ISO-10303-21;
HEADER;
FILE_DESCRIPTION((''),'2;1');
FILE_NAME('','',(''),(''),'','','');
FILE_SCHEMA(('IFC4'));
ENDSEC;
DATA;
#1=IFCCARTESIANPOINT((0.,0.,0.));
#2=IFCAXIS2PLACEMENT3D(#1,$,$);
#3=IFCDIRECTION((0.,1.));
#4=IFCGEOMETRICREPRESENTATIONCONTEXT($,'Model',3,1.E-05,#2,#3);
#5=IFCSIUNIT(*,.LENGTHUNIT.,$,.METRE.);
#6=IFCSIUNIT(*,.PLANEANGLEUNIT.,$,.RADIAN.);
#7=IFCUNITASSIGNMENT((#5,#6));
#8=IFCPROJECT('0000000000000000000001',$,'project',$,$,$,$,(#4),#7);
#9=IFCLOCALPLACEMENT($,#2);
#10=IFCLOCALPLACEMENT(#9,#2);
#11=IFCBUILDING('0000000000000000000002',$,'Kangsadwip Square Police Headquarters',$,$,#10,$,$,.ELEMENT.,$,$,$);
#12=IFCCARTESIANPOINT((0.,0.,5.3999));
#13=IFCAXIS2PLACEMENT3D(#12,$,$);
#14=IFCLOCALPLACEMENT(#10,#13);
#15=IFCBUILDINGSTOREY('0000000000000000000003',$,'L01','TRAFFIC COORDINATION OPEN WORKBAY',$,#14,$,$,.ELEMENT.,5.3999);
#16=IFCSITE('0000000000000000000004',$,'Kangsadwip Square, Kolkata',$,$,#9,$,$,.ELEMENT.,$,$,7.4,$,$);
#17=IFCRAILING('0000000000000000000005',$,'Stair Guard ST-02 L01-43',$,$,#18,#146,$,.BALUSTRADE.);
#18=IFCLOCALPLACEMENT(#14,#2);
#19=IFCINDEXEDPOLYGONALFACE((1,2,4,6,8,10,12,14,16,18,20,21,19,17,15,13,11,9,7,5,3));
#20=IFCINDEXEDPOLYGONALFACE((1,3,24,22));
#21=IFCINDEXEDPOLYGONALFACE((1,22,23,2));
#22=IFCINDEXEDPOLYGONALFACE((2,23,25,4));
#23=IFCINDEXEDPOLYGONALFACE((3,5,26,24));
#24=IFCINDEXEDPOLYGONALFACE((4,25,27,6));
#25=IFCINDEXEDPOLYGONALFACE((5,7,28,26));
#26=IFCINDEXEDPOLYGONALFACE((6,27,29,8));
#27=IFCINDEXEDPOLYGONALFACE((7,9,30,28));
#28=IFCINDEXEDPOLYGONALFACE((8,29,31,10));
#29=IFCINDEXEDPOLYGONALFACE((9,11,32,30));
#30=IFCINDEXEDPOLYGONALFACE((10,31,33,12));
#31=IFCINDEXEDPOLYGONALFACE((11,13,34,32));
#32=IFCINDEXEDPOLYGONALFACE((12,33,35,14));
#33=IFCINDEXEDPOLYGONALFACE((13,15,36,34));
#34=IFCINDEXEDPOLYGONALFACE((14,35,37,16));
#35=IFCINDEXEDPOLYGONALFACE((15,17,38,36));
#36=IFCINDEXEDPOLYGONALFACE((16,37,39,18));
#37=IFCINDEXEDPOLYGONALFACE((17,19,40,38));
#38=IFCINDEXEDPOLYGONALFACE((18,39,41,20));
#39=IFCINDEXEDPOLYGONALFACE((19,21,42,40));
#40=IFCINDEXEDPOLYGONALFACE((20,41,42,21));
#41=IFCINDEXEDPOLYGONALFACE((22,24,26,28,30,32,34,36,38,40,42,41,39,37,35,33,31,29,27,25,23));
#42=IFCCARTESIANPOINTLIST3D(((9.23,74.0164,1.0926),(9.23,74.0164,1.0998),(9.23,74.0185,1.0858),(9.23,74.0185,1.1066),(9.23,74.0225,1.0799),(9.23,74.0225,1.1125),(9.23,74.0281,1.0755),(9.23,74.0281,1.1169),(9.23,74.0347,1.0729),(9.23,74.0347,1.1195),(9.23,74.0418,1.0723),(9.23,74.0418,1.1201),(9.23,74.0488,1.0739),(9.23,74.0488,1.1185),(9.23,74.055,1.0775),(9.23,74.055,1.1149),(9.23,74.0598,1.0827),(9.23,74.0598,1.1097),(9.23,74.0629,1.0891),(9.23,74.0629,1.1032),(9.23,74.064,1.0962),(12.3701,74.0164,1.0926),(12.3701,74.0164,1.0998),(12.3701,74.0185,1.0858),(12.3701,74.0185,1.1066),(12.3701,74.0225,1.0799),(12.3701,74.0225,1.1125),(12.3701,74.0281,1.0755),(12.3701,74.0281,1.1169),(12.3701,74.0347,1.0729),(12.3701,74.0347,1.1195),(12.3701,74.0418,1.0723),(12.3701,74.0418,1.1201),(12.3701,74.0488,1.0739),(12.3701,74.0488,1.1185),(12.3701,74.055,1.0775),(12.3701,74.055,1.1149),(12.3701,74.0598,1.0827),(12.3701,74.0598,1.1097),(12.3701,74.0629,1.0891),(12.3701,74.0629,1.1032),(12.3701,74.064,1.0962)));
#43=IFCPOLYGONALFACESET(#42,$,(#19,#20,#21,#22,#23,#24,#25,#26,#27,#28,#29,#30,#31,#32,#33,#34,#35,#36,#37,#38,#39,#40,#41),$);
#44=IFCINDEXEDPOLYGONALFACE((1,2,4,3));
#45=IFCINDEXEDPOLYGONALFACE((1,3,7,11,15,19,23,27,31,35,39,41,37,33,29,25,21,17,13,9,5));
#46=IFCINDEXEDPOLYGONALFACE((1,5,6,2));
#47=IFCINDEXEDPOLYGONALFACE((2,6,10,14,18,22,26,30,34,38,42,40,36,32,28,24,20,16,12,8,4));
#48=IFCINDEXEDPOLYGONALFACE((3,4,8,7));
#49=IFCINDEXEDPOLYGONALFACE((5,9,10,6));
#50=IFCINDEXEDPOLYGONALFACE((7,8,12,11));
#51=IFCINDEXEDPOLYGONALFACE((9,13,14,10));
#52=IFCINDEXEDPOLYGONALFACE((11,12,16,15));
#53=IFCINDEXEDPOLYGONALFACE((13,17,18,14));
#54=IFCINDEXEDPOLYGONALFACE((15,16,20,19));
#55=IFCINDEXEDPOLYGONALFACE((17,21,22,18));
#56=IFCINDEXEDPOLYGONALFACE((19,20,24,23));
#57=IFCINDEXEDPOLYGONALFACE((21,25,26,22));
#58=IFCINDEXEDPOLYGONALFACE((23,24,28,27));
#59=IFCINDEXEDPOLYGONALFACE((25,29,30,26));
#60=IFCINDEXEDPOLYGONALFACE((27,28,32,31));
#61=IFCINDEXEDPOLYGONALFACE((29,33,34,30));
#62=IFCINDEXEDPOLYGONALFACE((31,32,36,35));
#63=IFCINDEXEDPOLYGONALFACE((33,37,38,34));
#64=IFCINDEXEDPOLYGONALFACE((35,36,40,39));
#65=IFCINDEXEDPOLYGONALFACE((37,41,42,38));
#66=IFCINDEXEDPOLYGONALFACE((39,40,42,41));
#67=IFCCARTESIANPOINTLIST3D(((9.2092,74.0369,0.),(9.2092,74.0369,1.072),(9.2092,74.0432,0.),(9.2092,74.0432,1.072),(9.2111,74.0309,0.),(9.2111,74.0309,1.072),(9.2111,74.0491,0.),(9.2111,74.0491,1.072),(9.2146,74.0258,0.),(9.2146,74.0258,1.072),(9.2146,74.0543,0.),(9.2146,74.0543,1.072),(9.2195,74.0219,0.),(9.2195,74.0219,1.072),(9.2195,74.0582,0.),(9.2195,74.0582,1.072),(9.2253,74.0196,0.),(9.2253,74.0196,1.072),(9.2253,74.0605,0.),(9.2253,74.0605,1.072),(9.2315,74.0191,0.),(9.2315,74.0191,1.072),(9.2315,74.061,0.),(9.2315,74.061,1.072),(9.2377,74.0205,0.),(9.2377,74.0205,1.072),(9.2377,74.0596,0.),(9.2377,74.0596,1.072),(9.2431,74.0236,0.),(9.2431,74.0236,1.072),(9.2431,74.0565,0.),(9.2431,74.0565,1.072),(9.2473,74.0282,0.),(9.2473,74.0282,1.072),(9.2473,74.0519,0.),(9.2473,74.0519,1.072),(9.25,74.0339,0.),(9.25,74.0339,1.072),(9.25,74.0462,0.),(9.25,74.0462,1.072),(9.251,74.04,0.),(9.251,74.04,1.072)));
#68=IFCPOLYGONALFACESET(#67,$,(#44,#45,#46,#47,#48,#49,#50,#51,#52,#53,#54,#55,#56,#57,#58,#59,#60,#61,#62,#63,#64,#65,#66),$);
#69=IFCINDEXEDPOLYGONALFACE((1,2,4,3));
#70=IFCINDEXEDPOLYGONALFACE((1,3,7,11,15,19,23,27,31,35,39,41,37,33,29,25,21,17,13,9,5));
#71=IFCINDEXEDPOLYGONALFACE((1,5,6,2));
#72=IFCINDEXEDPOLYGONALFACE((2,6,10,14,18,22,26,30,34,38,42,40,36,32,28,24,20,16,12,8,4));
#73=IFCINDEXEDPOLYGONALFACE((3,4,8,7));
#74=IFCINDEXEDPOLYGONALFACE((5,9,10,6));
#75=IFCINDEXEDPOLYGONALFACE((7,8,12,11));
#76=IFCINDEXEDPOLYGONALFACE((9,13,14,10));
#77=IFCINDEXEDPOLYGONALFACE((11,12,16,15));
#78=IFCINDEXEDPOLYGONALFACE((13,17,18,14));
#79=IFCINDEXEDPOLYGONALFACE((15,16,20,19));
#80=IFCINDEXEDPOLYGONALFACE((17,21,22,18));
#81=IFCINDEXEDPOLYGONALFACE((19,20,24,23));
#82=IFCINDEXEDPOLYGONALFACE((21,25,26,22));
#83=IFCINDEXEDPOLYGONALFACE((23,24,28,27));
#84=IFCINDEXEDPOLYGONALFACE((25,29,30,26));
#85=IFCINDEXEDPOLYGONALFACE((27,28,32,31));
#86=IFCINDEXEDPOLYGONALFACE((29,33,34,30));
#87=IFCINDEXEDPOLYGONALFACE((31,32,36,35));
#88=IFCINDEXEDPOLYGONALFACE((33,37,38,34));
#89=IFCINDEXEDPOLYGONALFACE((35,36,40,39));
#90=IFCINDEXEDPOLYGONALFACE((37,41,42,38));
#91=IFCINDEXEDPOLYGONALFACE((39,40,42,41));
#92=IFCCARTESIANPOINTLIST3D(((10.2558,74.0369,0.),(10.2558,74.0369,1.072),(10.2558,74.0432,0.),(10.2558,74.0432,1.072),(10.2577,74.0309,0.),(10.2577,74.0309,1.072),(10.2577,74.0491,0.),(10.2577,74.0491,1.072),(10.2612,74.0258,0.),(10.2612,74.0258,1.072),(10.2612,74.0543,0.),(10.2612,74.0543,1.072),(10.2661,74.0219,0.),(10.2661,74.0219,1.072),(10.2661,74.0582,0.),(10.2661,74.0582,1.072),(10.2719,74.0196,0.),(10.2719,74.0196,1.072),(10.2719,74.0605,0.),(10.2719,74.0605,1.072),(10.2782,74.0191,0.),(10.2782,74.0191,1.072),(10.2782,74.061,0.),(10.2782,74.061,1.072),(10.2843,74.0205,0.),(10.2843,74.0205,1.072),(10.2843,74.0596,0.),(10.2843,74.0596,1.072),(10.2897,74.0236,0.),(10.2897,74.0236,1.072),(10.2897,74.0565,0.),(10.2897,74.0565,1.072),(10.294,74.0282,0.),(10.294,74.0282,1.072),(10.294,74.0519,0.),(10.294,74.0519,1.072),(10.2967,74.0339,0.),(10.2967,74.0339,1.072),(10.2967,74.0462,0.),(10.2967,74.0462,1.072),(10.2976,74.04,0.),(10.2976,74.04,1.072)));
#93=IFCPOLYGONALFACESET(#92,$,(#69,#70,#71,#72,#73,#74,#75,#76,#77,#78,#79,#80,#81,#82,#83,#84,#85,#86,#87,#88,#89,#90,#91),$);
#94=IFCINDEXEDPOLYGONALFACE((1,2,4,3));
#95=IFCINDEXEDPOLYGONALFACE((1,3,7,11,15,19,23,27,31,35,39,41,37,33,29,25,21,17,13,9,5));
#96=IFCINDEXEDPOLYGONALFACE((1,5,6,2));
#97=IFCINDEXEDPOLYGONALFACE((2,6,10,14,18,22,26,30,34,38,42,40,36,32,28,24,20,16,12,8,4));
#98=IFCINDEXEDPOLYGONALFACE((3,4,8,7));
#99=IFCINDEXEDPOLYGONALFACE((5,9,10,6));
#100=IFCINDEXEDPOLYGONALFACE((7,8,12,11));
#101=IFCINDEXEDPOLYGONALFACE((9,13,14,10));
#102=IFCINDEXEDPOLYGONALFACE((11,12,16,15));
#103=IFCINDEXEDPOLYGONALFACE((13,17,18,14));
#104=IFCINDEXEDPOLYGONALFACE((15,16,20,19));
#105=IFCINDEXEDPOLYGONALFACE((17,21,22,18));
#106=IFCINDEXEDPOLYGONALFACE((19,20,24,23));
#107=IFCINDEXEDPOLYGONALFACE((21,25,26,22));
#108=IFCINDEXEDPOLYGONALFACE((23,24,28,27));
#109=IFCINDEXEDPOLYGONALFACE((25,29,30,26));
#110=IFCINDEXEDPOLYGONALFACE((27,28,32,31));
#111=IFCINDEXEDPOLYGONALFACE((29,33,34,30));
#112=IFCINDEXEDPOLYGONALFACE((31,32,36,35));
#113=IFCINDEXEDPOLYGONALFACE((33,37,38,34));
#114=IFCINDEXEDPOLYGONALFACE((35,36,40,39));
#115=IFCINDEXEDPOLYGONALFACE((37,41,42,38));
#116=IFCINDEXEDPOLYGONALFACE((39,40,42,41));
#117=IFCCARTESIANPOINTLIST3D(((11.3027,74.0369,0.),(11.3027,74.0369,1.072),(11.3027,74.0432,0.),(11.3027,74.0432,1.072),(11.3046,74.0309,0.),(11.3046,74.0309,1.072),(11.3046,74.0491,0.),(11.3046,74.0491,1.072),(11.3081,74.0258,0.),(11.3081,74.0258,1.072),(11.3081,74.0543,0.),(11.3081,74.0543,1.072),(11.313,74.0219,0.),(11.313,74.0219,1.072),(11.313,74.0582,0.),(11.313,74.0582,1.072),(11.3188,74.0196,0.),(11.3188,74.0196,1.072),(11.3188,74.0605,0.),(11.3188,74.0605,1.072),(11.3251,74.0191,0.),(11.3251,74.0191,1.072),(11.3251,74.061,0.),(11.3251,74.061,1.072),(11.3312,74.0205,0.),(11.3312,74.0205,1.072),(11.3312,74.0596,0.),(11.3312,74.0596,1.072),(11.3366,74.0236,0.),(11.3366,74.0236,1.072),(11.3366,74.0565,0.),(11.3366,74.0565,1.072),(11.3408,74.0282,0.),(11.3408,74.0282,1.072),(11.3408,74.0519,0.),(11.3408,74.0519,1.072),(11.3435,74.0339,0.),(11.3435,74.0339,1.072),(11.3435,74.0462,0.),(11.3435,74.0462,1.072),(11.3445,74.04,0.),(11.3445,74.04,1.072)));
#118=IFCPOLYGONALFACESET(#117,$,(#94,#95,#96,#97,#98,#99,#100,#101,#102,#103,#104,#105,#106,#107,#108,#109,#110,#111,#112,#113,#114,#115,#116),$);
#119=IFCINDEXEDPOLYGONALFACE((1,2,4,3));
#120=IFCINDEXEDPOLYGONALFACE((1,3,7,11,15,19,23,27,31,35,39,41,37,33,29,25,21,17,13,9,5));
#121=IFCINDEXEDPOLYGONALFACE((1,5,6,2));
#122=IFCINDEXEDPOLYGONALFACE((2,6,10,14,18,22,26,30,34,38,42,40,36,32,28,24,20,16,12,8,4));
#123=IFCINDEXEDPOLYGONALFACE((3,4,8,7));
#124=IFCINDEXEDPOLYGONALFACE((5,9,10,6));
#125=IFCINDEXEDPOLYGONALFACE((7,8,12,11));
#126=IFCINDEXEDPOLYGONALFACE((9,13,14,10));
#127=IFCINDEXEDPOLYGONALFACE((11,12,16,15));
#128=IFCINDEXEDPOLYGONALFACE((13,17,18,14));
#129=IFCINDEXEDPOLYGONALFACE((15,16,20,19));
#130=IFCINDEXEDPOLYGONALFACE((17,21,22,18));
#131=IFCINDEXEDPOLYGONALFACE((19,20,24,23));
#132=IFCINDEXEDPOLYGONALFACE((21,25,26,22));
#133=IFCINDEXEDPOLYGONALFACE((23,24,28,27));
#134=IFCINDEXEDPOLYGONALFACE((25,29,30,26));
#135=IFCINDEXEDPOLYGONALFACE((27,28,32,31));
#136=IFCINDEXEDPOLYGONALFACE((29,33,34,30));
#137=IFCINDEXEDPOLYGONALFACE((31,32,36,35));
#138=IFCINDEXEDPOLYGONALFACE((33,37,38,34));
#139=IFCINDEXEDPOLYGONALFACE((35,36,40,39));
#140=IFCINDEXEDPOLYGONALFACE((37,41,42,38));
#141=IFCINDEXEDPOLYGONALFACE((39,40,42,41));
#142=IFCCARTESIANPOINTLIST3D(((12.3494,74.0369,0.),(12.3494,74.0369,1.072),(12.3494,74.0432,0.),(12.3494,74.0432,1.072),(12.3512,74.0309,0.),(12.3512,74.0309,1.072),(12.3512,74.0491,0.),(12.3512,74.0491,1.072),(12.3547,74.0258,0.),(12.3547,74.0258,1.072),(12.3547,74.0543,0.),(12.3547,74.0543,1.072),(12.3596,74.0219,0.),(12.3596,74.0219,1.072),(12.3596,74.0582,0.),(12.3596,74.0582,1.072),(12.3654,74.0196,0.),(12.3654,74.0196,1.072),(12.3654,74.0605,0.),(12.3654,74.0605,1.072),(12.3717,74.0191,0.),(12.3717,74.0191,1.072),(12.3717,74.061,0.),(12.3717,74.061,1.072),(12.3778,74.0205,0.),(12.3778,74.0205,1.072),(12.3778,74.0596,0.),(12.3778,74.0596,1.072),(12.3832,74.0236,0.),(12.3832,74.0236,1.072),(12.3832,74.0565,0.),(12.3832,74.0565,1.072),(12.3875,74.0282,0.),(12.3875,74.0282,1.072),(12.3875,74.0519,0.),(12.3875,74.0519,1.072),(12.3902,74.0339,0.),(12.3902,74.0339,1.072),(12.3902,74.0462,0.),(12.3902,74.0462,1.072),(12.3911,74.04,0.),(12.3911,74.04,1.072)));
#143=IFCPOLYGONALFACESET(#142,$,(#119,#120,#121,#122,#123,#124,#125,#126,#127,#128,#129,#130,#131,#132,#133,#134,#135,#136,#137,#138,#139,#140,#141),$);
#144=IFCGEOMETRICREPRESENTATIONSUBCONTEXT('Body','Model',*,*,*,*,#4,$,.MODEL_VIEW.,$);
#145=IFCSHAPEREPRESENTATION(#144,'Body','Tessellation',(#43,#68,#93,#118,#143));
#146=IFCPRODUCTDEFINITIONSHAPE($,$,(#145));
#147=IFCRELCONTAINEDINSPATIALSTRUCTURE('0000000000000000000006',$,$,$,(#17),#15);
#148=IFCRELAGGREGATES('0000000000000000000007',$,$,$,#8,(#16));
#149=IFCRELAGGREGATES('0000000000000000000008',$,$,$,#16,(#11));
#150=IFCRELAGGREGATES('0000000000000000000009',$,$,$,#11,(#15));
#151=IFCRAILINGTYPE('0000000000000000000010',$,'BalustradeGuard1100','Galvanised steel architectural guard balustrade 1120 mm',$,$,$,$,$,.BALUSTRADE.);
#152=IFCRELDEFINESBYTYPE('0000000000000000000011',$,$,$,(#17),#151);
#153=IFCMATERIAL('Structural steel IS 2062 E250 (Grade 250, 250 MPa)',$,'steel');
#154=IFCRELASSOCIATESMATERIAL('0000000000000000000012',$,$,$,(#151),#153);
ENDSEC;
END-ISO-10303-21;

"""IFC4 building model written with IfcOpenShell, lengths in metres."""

from ifc_helpers import new_model, si_unit, direction, frame, origin, origin_2d, place, context, subcontext, project, spatial, circle, extrude, material, type_object, element, save


model = new_model("IFC4")

# Units and contexts
model_context = context("Model", 3, precision=1e-05, world=origin(), true_north=direction((0.0, 1.0)))
body_context = subcontext(model_context, "Body", "Model", "MODEL_VIEW")
ifc_project = project(units=[si_unit("LENGTHUNIT", "METRE"), si_unit("PLANEANGLEUNIT", "RADIAN")], contexts=[model_context])

# Site, building, storey
site_placement = place(None, origin())
site = spatial("IfcSite", under=ifc_project, at=site_placement, Name="Kangsadwip Square, Kolkata", CompositionType="ELEMENT", RefElevation=7.4)
building_placement = place(site_placement, origin())
building = spatial("IfcBuilding", under=site, at=building_placement, Name="Kangsadwip Square Police Headquarters", CompositionType="ELEMENT")
storey_placement = place(building_placement, frame((0.0, 0.0, 5.3999)))
storey = spatial("IfcBuildingStorey", under=building, at=storey_placement, Name="L01", Description="TRAFFIC COORDINATION OPEN WORKBAY", CompositionType="ELEMENT", Elevation=5.3999)

# Railing
ifc_material_1 = material(Name="Structural steel IS 2062 E250 (Grade 250, 250 MPa)", Category="steel")
railing_type_1 = type_object("IfcRailingType", Name="BalustradeGuard1100", Description="Galvanised steel architectural guard balustrade 1120 mm", PredefinedType="BALUSTRADE", material=ifc_material_1)
for number, where, name in (
    (1, (9.23, 74.04, 0.0), "Stair Guard ST-02 L01-43"),
):
    element("IfcRailing", number, at=place(storey_placement, frame(where)), inside=storey, type_object=railing_type_1, Name=name, PredefinedType="BALUSTRADE", context=body_context, shape_type="SweptSolid", body=[
        extrude(circle(Radius=0.0239, at=origin_2d()), frame((0.0, 0.0, 1.0962), z_axis=(1.0, 0.0, 0.0), x_axis=(0.0, 1.0, 0.0)), (0.0, 0.0, 1.0), 3.1401),
        extrude(circle(Radius=0.021, at=origin_2d()), origin(), (0.0, 0.0, 1.0), 1.072),
        extrude(circle(Radius=0.021, at=origin_2d()), frame((1.0466, 0.0, 0.0)), (0.0, 0.0, 1.0), 1.072),
        extrude(circle(Radius=0.021, at=origin_2d()), frame((2.0935, 0.0, 0.0)), (0.0, 0.0, 1.0), 1.072),
        extrude(circle(Radius=0.021, at=origin_2d()), frame((3.1401, 0.0, 0.0)), (0.0, 0.0, 1.0), 1.072),
    ])

save(model, "model.ifc")
